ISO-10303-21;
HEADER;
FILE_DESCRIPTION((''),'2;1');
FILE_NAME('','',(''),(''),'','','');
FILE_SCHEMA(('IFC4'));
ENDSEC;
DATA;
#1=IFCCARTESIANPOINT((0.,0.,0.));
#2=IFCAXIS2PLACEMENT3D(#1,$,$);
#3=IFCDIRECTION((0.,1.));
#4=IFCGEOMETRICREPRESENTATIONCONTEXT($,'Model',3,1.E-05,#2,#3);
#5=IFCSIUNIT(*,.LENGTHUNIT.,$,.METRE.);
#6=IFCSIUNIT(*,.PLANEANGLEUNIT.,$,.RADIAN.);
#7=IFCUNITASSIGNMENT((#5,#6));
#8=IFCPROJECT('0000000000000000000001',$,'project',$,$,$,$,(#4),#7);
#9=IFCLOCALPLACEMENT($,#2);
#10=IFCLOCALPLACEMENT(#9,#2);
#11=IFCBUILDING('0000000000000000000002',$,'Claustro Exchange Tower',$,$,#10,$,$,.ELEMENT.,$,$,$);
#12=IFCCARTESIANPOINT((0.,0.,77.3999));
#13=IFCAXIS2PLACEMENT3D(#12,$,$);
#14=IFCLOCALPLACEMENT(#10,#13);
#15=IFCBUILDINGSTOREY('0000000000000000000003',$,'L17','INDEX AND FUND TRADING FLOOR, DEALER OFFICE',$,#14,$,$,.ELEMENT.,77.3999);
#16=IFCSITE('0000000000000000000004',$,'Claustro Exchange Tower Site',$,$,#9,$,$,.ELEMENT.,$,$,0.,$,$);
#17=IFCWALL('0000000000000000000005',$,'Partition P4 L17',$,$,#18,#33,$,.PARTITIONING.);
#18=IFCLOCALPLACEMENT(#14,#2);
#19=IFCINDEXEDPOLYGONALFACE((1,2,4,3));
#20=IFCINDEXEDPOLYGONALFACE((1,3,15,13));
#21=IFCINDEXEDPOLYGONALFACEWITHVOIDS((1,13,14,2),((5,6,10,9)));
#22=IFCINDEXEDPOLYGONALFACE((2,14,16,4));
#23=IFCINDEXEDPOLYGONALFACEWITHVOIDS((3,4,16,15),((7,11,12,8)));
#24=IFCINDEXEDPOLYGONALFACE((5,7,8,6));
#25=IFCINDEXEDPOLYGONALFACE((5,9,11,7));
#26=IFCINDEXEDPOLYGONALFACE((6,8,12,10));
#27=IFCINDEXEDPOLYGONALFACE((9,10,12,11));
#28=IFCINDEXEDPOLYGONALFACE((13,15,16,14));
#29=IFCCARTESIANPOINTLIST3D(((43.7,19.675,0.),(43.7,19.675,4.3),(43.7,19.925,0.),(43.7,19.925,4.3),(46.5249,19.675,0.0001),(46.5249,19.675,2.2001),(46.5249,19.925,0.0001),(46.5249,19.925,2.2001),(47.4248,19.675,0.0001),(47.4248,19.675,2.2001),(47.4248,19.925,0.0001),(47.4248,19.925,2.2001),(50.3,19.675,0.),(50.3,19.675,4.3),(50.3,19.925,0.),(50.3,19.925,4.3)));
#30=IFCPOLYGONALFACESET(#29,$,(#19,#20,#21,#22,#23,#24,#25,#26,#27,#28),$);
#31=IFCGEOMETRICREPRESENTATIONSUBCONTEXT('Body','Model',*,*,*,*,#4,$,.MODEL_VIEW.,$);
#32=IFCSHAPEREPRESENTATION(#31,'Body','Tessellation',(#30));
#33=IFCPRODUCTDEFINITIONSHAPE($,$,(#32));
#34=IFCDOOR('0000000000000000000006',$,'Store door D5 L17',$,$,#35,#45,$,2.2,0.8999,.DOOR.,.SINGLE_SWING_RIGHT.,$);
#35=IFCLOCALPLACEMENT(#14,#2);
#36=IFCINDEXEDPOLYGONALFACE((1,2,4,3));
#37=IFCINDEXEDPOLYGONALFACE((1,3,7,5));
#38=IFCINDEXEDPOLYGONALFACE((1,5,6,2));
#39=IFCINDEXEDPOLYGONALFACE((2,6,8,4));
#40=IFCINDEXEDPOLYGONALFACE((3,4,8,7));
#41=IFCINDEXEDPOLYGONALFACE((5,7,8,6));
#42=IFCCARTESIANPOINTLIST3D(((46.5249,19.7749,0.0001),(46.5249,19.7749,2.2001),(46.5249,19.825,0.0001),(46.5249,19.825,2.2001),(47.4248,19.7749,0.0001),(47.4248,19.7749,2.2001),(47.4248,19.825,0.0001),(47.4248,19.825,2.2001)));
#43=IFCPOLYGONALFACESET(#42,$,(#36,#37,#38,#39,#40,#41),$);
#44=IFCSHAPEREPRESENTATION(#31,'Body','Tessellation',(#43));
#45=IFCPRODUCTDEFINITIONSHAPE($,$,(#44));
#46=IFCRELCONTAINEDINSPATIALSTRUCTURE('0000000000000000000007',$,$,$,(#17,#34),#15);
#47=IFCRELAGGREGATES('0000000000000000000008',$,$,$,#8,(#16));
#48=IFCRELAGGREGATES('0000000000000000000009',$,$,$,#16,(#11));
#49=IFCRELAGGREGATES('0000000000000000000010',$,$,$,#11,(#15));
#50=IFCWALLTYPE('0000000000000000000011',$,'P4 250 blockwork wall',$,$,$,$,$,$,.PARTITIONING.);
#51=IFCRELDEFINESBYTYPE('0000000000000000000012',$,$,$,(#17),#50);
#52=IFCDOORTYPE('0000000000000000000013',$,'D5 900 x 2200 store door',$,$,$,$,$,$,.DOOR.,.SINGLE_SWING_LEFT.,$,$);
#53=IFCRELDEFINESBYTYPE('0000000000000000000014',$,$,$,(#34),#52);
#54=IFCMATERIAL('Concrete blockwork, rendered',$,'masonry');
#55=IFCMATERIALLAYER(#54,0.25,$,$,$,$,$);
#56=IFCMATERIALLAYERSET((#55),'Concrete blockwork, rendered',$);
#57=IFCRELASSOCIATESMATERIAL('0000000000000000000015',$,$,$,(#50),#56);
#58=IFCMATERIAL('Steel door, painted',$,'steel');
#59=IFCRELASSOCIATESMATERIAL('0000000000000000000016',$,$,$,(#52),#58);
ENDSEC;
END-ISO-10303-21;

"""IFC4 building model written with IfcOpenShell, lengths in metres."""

from ifc_helpers import new_model, si_unit, direction, frame, frame_2d, origin, place, context, subcontext, project, spatial, rectangle, extrude, material, layer, layer_set, type_object, element, fill, save


model = new_model("IFC4")

# Units and contexts
model_context = context("Model", 3, precision=1e-05, world=origin(), true_north=direction((0.0, 1.0)))
body_context = subcontext(model_context, "Body", "Model", "MODEL_VIEW")
ifc_project = project(units=[si_unit("LENGTHUNIT", "METRE"), si_unit("PLANEANGLEUNIT", "RADIAN")], contexts=[model_context])

# Site, building, storey
site_placement = place(None, origin())
site = spatial("IfcSite", under=ifc_project, at=site_placement, Name="Claustro Exchange Tower Site", CompositionType="ELEMENT", RefElevation=0.0)
building_placement = place(site_placement, origin())
building = spatial("IfcBuilding", under=site, at=building_placement, Name="Claustro Exchange Tower", CompositionType="ELEMENT")
storey_placement = place(building_placement, frame((0.0, 0.0, 77.3999)))
storey = spatial("IfcBuildingStorey", under=building, at=storey_placement, Name="L17", Description="INDEX AND FUND TRADING FLOOR, DEALER OFFICE", CompositionType="ELEMENT", Elevation=77.3999)

# Wall, opening, door
ifc_material_1 = material(Name="Concrete blockwork, rendered", Category="masonry")
ifc_layer_1 = layer(ifc_material_1, 0.25)
ifc_layer_set_1 = layer_set([ifc_layer_1], Name="Concrete blockwork, rendered")
wall_type_1 = type_object("IfcWallType", Name="P4 250 blockwork wall", PredefinedType="PARTITIONING", material=ifc_layer_set_1)
wall_1_placement = place(storey_placement, frame((43.7, 19.8, 0.0), z_axis=(0.0, 0.0, 1.0), x_axis=(1.0, 0.0, 0.0)))
wall_1 = element("IfcWall", 1, at=wall_1_placement, inside=storey, type_object=wall_type_1, Name="Partition P4 L17", PredefinedType="PARTITIONING", context=body_context, shape_type="SweptSolid", body=[
    extrude(rectangle(XDim=6.6001, YDim=0.25, at=frame_2d((3.3, 0.0))), origin(), (0.0, 0.0, 1.0), 4.3),
])
opening_1_placement = place(wall_1_placement, frame((2.825, 0.0, 0.0)))
opening_1 = element("IfcOpeningElement", 2, at=opening_1_placement, cuts=wall_1, PredefinedType="OPENING", context=body_context, shape_type="SweptSolid", body=[
    extrude(rectangle(XDim=0.8999, YDim=2.2, at=frame_2d((0.45, 1.1001))), frame((0.0, 0.135, 0.0), z_axis=(0.0, -1.0, 0.0), x_axis=(1.0, 0.0, 0.0)), (0.0, 0.0, 1.0), 0.27),
])
ifc_material_2 = material(Name="Steel door, painted", Category="steel")
door_type_1 = type_object("IfcDoorType", Name="D5 900 x 2200 store door", OperationType="SINGLE_SWING_LEFT", PredefinedType="DOOR", material=ifc_material_2)
door_1_placement = place(opening_1_placement, origin())
door_1 = element("IfcDoor", 3, at=door_1_placement, inside=storey, type_object=door_type_1, Name="Store door D5 L17", OperationType="SINGLE_SWING_RIGHT", OverallHeight=2.2, OverallWidth=0.8999, PredefinedType="DOOR", context=body_context, shape_type="SweptSolid", body=[
    extrude(rectangle(XDim=0.8999, YDim=2.2, at=frame_2d((0.45, 1.1001))), frame((0.0, 0.0249, 0.0), z_axis=(0.0, -1.0, 0.0), x_axis=(1.0, 0.0, 0.0)), (0.0, 0.0, 1.0), 0.05),
])
fill(opening_1, door_1)

save(model, "model.ifc")
